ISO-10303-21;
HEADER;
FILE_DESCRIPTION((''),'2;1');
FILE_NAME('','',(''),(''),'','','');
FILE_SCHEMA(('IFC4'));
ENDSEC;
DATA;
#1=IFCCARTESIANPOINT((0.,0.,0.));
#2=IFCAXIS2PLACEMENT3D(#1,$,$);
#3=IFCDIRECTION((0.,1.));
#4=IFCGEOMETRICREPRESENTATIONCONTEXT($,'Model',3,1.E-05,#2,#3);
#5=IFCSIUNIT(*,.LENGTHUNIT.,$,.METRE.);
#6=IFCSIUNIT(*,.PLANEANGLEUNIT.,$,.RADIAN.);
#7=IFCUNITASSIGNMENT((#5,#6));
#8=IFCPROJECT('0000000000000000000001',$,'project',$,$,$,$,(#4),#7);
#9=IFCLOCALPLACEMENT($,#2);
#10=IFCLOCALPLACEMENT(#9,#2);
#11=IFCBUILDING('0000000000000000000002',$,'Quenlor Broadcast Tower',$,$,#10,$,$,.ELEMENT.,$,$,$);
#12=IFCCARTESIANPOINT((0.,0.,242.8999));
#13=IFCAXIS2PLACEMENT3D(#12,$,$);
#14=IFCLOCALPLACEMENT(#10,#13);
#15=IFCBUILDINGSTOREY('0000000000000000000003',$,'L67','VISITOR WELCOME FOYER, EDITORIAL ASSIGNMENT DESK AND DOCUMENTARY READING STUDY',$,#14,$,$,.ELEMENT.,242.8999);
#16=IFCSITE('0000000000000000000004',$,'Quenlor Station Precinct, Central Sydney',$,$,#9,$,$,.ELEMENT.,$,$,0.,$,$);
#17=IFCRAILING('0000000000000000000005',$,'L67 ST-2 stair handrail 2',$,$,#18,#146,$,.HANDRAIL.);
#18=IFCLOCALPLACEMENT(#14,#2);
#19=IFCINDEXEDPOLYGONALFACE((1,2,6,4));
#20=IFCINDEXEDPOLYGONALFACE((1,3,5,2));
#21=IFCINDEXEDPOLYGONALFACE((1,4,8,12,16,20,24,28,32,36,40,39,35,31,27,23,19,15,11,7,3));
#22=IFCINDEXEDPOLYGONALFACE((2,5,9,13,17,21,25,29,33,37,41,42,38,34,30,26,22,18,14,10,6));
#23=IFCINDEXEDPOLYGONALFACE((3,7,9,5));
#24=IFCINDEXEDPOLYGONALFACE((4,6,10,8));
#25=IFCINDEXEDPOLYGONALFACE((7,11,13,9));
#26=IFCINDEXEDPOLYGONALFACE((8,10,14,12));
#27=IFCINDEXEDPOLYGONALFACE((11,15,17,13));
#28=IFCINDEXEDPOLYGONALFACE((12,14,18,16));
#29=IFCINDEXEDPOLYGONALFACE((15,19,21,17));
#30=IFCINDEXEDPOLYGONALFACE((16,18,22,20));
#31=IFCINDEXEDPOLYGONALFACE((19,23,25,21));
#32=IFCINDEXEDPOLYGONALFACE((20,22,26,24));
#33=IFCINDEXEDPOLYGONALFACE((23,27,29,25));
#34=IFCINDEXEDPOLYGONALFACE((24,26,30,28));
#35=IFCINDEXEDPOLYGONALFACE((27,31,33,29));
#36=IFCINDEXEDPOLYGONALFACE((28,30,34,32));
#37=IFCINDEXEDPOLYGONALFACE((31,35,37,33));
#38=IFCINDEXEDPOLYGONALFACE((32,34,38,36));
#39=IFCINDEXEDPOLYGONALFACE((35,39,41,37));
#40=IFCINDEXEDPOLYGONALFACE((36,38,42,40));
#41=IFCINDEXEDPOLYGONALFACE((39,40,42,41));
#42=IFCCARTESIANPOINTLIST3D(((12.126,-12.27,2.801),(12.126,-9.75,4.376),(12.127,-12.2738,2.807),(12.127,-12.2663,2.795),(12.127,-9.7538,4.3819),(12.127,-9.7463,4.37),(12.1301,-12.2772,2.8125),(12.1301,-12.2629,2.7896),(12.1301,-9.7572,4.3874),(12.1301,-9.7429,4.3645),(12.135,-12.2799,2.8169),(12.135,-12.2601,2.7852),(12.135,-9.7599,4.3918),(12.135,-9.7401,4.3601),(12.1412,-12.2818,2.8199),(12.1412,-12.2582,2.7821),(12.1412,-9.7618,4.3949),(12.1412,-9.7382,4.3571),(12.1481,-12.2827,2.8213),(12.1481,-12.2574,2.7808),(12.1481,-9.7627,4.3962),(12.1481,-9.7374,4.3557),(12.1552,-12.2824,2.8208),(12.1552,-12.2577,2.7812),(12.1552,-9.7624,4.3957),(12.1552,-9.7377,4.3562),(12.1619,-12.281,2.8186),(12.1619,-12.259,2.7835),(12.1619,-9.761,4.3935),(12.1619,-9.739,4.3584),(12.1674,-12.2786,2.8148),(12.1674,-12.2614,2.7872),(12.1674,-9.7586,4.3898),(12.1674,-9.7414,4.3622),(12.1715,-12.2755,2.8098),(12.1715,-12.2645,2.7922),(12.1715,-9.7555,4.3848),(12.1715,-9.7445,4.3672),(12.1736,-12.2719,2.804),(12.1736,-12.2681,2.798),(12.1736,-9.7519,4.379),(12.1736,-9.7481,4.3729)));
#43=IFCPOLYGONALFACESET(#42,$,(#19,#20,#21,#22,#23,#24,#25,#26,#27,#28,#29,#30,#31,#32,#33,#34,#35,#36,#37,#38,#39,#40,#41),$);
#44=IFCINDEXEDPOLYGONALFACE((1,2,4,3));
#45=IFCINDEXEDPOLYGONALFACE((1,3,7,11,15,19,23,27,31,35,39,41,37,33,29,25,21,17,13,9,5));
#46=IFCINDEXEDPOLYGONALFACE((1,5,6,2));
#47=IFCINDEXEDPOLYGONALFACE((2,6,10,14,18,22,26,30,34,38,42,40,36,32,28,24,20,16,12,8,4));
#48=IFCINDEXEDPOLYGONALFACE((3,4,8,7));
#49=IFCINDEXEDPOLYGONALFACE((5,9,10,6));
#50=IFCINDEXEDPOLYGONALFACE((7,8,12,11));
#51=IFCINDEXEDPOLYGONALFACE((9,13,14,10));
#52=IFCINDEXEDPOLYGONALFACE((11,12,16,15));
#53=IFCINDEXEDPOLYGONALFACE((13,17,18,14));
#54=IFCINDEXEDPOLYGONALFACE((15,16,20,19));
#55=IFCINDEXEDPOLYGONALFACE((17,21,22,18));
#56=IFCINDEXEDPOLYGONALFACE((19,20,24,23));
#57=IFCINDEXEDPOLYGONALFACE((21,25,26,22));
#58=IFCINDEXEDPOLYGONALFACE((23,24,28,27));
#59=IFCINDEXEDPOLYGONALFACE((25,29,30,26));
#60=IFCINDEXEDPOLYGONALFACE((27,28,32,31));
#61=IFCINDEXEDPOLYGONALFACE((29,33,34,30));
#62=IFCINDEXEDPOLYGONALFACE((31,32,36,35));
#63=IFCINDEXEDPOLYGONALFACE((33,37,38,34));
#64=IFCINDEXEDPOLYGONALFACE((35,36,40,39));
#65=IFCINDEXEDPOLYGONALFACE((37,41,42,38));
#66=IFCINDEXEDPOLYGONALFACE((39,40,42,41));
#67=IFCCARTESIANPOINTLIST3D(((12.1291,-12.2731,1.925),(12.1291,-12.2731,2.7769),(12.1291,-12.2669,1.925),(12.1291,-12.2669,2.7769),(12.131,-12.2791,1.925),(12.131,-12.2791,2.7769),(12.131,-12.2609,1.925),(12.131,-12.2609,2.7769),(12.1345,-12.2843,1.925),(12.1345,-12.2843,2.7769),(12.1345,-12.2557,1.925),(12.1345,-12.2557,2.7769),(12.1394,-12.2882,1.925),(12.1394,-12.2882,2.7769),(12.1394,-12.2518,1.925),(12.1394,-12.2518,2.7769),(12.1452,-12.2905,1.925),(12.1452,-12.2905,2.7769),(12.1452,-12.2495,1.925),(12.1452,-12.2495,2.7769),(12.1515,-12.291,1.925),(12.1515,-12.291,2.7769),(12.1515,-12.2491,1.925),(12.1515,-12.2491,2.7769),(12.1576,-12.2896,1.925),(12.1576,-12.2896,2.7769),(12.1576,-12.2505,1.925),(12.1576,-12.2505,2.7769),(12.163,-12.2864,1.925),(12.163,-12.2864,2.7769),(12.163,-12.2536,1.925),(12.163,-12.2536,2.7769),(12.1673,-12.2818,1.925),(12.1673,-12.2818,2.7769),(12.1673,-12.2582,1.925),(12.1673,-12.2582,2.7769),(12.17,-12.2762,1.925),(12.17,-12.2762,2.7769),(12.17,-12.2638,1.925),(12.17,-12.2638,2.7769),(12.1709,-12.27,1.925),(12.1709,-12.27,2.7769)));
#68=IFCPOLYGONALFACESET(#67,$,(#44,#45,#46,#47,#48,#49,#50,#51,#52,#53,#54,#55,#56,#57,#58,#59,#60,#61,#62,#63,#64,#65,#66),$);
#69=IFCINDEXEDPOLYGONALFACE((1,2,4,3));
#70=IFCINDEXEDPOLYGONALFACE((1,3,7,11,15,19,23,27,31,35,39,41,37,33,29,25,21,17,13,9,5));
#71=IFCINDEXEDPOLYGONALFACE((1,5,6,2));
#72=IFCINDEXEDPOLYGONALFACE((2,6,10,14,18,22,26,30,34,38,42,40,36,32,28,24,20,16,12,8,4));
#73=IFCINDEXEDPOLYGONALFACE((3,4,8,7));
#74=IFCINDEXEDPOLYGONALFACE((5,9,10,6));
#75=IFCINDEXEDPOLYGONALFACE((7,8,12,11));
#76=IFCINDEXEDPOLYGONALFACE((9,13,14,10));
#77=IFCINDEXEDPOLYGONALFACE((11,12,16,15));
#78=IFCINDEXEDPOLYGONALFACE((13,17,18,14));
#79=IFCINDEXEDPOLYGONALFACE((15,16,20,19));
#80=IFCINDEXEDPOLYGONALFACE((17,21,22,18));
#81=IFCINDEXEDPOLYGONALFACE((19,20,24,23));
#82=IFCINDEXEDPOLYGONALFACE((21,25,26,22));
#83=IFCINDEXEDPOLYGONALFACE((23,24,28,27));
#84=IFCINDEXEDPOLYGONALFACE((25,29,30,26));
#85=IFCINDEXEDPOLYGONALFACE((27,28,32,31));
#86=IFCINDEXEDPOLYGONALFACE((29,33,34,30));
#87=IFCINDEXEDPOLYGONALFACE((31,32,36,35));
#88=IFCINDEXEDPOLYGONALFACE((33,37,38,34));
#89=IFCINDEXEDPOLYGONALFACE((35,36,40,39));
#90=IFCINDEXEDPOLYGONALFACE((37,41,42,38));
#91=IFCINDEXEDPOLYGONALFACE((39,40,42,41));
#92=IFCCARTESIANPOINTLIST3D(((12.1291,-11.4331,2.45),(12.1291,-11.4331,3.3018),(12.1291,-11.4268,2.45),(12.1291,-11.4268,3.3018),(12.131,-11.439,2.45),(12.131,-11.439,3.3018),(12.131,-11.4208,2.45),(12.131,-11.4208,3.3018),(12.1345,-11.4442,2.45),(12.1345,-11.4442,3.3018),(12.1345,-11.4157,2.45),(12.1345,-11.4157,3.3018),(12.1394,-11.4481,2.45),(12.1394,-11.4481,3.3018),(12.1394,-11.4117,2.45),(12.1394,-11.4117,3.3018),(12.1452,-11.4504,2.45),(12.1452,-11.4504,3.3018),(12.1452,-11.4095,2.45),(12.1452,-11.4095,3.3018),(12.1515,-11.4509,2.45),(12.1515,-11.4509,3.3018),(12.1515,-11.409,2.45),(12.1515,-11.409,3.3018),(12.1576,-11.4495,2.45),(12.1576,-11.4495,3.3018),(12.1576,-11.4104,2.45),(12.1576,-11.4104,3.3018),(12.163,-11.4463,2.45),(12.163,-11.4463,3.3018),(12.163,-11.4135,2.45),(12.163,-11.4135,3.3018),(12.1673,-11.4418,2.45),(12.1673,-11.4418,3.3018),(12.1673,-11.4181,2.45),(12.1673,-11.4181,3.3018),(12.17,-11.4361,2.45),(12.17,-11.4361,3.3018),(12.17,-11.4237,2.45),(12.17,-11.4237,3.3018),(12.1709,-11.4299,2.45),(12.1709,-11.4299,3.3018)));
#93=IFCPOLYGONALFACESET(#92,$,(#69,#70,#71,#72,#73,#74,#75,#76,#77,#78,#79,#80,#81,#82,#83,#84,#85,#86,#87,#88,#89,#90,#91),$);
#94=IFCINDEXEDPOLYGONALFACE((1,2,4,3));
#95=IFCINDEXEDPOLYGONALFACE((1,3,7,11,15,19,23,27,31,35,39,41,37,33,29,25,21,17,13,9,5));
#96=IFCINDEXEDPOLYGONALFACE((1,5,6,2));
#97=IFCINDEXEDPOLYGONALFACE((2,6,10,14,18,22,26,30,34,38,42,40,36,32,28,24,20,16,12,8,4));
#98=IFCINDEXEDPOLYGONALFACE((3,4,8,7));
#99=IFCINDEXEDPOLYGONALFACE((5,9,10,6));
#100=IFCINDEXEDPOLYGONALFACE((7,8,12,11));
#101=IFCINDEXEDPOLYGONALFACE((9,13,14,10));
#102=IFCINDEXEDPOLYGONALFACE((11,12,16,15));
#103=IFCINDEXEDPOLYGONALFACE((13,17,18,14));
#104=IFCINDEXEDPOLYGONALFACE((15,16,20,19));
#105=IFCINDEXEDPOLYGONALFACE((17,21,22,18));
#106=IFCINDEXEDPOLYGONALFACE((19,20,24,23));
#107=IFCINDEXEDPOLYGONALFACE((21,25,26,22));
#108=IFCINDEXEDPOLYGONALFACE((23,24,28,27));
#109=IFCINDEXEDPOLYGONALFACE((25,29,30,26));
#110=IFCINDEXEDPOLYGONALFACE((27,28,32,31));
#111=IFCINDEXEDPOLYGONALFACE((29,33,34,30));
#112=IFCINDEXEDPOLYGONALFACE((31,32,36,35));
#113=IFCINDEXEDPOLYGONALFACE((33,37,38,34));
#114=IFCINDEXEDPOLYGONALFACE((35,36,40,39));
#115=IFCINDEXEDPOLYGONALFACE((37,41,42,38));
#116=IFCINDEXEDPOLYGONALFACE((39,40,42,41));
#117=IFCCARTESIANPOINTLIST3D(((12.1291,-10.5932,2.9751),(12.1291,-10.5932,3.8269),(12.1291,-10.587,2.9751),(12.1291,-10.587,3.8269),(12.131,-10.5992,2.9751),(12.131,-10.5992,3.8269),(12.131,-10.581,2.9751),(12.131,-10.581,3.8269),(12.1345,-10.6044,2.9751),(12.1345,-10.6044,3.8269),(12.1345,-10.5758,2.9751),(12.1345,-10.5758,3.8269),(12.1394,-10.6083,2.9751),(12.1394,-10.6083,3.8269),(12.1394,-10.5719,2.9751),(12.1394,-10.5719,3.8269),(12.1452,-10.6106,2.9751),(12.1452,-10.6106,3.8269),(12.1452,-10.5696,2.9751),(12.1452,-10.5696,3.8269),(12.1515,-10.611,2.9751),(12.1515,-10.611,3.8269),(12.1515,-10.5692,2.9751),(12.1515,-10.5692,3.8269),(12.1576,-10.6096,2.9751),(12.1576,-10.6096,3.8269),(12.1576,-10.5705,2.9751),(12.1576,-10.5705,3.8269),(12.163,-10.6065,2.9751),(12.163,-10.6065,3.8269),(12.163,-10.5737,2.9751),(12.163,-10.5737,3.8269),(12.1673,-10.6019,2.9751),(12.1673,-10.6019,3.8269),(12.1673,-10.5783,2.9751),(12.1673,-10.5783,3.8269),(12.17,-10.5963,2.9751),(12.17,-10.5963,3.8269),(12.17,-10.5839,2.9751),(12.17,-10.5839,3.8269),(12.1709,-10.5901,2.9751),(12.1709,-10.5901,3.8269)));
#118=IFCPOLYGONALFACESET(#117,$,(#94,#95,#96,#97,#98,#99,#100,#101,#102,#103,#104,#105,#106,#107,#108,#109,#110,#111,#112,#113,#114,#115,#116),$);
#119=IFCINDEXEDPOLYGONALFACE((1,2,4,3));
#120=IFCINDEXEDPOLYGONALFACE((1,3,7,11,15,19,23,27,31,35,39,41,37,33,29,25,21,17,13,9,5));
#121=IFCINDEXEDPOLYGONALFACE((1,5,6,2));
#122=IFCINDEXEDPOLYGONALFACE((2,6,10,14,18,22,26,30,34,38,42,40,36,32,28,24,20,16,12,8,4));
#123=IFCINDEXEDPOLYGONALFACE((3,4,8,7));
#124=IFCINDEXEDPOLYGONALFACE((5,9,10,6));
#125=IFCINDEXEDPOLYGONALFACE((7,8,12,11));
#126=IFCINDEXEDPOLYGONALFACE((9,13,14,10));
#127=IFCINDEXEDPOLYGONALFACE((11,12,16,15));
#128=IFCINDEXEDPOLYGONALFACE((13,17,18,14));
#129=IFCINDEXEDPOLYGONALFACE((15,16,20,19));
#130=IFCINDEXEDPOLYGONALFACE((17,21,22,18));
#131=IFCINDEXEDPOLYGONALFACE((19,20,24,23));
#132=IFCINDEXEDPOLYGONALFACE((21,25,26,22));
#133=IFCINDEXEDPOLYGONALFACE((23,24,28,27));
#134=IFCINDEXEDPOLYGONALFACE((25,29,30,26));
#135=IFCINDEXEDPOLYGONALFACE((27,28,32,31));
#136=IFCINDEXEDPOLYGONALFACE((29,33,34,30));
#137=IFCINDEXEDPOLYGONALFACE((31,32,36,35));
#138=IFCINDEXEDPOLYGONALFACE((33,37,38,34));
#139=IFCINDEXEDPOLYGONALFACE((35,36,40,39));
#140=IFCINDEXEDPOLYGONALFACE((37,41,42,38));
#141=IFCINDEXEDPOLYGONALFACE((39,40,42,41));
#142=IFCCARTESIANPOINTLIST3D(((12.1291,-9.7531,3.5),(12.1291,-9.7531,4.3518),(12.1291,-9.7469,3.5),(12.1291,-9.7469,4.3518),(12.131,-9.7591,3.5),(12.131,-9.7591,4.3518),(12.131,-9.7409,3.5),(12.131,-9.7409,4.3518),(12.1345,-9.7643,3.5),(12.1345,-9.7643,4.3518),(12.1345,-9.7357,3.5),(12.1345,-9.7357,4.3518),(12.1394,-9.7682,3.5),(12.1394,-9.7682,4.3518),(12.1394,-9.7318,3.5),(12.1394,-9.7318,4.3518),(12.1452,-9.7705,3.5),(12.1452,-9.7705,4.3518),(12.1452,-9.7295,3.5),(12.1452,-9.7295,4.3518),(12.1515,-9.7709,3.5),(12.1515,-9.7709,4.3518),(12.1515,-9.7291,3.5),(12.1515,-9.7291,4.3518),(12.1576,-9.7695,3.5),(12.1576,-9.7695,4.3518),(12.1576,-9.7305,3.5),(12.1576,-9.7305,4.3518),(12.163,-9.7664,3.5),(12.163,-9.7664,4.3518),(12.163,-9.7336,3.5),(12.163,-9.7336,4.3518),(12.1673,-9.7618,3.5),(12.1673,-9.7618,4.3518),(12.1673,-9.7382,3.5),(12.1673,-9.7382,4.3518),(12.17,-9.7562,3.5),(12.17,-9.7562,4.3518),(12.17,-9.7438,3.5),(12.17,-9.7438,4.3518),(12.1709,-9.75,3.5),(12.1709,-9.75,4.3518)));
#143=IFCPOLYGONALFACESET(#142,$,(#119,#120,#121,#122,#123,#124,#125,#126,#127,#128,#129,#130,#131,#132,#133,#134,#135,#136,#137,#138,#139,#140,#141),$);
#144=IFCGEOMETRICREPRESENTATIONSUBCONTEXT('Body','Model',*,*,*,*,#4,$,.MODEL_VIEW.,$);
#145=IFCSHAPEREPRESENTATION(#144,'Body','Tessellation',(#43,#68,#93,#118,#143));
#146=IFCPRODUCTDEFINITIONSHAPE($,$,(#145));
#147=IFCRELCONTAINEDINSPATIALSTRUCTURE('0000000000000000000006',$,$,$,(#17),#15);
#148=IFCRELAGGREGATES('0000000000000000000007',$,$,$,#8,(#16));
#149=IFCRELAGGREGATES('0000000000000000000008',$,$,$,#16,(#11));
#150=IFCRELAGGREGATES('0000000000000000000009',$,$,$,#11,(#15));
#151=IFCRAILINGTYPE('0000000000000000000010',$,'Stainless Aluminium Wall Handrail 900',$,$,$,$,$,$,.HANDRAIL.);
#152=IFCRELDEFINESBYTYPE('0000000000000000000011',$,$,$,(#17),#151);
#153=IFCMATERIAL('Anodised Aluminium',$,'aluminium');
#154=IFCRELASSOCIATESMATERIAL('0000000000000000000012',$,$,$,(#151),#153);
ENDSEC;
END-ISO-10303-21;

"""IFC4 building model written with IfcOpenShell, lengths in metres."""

from ifc_helpers import new_model, si_unit, direction, frame, origin, origin_2d, place, context, subcontext, project, spatial, circle, extrude, material, type_object, element, save


model = new_model("IFC4")

# Units and contexts
model_context = context("Model", 3, precision=1e-05, world=origin(), true_north=direction((0.0, 1.0)))
body_context = subcontext(model_context, "Body", "Model", "MODEL_VIEW")
ifc_project = project(units=[si_unit("LENGTHUNIT", "METRE"), si_unit("PLANEANGLEUNIT", "RADIAN")], contexts=[model_context])

# Site, building, storey
site_placement = place(None, origin())
site = spatial("IfcSite", under=ifc_project, at=site_placement, Name="Quenlor Station Precinct, Central Sydney", CompositionType="ELEMENT", RefElevation=0.0)
building_placement = place(site_placement, origin())
building = spatial("IfcBuilding", under=site, at=building_placement, Name="Quenlor Broadcast Tower", CompositionType="ELEMENT")
storey_placement = place(building_placement, frame((0.0, 0.0, 242.8999)))
storey = spatial("IfcBuildingStorey", under=building, at=storey_placement, Name="L67", Description="VISITOR WELCOME FOYER, EDITORIAL ASSIGNMENT DESK AND DOCUMENTARY READING STUDY", CompositionType="ELEMENT", Elevation=242.8999)

# Railing
ifc_material_1 = material(Name="Anodised Aluminium", Category="aluminium")
railing_type_1 = type_object("IfcRailingType", Name="Stainless Aluminium Wall Handrail 900", PredefinedType="HANDRAIL", material=ifc_material_1)
railing_1_placement = place(storey_placement, frame((12.1499, -12.27, 1.925)))
element("IfcRailing", 1, at=railing_1_placement, inside=storey, type_object=railing_type_1, Name="L67 ST-2 stair handrail 2", PredefinedType="HANDRAIL", context=body_context, shape_type="SweptSolid", body=[
    extrude(circle(Radius=0.0239, at=origin_2d()), frame((0.0, 0.0, 0.876), z_axis=(0.0, 0.848008, 0.529984), x_axis=(-1.0, 0.0, 0.0)), (0.0, 0.0, 1.0), 2.9717),
    extrude(circle(Radius=0.021, at=origin_2d()), origin(), (0.0, 0.0, 1.0), 0.8518),
    extrude(circle(Radius=0.021, at=origin_2d()), frame((0.0, 0.8401, 0.5249)), (0.0, 0.0, 1.0), 0.8518),
    extrude(circle(Radius=0.021, at=origin_2d()), frame((0.0, 1.6799, 1.05)), (0.0, 0.0, 1.0), 0.8518),
    extrude(circle(Radius=0.021, at=origin_2d()), frame((0.0, 2.52, 1.575)), (0.0, 0.0, 1.0), 0.8518),
])

save(model, "model.ifc")
